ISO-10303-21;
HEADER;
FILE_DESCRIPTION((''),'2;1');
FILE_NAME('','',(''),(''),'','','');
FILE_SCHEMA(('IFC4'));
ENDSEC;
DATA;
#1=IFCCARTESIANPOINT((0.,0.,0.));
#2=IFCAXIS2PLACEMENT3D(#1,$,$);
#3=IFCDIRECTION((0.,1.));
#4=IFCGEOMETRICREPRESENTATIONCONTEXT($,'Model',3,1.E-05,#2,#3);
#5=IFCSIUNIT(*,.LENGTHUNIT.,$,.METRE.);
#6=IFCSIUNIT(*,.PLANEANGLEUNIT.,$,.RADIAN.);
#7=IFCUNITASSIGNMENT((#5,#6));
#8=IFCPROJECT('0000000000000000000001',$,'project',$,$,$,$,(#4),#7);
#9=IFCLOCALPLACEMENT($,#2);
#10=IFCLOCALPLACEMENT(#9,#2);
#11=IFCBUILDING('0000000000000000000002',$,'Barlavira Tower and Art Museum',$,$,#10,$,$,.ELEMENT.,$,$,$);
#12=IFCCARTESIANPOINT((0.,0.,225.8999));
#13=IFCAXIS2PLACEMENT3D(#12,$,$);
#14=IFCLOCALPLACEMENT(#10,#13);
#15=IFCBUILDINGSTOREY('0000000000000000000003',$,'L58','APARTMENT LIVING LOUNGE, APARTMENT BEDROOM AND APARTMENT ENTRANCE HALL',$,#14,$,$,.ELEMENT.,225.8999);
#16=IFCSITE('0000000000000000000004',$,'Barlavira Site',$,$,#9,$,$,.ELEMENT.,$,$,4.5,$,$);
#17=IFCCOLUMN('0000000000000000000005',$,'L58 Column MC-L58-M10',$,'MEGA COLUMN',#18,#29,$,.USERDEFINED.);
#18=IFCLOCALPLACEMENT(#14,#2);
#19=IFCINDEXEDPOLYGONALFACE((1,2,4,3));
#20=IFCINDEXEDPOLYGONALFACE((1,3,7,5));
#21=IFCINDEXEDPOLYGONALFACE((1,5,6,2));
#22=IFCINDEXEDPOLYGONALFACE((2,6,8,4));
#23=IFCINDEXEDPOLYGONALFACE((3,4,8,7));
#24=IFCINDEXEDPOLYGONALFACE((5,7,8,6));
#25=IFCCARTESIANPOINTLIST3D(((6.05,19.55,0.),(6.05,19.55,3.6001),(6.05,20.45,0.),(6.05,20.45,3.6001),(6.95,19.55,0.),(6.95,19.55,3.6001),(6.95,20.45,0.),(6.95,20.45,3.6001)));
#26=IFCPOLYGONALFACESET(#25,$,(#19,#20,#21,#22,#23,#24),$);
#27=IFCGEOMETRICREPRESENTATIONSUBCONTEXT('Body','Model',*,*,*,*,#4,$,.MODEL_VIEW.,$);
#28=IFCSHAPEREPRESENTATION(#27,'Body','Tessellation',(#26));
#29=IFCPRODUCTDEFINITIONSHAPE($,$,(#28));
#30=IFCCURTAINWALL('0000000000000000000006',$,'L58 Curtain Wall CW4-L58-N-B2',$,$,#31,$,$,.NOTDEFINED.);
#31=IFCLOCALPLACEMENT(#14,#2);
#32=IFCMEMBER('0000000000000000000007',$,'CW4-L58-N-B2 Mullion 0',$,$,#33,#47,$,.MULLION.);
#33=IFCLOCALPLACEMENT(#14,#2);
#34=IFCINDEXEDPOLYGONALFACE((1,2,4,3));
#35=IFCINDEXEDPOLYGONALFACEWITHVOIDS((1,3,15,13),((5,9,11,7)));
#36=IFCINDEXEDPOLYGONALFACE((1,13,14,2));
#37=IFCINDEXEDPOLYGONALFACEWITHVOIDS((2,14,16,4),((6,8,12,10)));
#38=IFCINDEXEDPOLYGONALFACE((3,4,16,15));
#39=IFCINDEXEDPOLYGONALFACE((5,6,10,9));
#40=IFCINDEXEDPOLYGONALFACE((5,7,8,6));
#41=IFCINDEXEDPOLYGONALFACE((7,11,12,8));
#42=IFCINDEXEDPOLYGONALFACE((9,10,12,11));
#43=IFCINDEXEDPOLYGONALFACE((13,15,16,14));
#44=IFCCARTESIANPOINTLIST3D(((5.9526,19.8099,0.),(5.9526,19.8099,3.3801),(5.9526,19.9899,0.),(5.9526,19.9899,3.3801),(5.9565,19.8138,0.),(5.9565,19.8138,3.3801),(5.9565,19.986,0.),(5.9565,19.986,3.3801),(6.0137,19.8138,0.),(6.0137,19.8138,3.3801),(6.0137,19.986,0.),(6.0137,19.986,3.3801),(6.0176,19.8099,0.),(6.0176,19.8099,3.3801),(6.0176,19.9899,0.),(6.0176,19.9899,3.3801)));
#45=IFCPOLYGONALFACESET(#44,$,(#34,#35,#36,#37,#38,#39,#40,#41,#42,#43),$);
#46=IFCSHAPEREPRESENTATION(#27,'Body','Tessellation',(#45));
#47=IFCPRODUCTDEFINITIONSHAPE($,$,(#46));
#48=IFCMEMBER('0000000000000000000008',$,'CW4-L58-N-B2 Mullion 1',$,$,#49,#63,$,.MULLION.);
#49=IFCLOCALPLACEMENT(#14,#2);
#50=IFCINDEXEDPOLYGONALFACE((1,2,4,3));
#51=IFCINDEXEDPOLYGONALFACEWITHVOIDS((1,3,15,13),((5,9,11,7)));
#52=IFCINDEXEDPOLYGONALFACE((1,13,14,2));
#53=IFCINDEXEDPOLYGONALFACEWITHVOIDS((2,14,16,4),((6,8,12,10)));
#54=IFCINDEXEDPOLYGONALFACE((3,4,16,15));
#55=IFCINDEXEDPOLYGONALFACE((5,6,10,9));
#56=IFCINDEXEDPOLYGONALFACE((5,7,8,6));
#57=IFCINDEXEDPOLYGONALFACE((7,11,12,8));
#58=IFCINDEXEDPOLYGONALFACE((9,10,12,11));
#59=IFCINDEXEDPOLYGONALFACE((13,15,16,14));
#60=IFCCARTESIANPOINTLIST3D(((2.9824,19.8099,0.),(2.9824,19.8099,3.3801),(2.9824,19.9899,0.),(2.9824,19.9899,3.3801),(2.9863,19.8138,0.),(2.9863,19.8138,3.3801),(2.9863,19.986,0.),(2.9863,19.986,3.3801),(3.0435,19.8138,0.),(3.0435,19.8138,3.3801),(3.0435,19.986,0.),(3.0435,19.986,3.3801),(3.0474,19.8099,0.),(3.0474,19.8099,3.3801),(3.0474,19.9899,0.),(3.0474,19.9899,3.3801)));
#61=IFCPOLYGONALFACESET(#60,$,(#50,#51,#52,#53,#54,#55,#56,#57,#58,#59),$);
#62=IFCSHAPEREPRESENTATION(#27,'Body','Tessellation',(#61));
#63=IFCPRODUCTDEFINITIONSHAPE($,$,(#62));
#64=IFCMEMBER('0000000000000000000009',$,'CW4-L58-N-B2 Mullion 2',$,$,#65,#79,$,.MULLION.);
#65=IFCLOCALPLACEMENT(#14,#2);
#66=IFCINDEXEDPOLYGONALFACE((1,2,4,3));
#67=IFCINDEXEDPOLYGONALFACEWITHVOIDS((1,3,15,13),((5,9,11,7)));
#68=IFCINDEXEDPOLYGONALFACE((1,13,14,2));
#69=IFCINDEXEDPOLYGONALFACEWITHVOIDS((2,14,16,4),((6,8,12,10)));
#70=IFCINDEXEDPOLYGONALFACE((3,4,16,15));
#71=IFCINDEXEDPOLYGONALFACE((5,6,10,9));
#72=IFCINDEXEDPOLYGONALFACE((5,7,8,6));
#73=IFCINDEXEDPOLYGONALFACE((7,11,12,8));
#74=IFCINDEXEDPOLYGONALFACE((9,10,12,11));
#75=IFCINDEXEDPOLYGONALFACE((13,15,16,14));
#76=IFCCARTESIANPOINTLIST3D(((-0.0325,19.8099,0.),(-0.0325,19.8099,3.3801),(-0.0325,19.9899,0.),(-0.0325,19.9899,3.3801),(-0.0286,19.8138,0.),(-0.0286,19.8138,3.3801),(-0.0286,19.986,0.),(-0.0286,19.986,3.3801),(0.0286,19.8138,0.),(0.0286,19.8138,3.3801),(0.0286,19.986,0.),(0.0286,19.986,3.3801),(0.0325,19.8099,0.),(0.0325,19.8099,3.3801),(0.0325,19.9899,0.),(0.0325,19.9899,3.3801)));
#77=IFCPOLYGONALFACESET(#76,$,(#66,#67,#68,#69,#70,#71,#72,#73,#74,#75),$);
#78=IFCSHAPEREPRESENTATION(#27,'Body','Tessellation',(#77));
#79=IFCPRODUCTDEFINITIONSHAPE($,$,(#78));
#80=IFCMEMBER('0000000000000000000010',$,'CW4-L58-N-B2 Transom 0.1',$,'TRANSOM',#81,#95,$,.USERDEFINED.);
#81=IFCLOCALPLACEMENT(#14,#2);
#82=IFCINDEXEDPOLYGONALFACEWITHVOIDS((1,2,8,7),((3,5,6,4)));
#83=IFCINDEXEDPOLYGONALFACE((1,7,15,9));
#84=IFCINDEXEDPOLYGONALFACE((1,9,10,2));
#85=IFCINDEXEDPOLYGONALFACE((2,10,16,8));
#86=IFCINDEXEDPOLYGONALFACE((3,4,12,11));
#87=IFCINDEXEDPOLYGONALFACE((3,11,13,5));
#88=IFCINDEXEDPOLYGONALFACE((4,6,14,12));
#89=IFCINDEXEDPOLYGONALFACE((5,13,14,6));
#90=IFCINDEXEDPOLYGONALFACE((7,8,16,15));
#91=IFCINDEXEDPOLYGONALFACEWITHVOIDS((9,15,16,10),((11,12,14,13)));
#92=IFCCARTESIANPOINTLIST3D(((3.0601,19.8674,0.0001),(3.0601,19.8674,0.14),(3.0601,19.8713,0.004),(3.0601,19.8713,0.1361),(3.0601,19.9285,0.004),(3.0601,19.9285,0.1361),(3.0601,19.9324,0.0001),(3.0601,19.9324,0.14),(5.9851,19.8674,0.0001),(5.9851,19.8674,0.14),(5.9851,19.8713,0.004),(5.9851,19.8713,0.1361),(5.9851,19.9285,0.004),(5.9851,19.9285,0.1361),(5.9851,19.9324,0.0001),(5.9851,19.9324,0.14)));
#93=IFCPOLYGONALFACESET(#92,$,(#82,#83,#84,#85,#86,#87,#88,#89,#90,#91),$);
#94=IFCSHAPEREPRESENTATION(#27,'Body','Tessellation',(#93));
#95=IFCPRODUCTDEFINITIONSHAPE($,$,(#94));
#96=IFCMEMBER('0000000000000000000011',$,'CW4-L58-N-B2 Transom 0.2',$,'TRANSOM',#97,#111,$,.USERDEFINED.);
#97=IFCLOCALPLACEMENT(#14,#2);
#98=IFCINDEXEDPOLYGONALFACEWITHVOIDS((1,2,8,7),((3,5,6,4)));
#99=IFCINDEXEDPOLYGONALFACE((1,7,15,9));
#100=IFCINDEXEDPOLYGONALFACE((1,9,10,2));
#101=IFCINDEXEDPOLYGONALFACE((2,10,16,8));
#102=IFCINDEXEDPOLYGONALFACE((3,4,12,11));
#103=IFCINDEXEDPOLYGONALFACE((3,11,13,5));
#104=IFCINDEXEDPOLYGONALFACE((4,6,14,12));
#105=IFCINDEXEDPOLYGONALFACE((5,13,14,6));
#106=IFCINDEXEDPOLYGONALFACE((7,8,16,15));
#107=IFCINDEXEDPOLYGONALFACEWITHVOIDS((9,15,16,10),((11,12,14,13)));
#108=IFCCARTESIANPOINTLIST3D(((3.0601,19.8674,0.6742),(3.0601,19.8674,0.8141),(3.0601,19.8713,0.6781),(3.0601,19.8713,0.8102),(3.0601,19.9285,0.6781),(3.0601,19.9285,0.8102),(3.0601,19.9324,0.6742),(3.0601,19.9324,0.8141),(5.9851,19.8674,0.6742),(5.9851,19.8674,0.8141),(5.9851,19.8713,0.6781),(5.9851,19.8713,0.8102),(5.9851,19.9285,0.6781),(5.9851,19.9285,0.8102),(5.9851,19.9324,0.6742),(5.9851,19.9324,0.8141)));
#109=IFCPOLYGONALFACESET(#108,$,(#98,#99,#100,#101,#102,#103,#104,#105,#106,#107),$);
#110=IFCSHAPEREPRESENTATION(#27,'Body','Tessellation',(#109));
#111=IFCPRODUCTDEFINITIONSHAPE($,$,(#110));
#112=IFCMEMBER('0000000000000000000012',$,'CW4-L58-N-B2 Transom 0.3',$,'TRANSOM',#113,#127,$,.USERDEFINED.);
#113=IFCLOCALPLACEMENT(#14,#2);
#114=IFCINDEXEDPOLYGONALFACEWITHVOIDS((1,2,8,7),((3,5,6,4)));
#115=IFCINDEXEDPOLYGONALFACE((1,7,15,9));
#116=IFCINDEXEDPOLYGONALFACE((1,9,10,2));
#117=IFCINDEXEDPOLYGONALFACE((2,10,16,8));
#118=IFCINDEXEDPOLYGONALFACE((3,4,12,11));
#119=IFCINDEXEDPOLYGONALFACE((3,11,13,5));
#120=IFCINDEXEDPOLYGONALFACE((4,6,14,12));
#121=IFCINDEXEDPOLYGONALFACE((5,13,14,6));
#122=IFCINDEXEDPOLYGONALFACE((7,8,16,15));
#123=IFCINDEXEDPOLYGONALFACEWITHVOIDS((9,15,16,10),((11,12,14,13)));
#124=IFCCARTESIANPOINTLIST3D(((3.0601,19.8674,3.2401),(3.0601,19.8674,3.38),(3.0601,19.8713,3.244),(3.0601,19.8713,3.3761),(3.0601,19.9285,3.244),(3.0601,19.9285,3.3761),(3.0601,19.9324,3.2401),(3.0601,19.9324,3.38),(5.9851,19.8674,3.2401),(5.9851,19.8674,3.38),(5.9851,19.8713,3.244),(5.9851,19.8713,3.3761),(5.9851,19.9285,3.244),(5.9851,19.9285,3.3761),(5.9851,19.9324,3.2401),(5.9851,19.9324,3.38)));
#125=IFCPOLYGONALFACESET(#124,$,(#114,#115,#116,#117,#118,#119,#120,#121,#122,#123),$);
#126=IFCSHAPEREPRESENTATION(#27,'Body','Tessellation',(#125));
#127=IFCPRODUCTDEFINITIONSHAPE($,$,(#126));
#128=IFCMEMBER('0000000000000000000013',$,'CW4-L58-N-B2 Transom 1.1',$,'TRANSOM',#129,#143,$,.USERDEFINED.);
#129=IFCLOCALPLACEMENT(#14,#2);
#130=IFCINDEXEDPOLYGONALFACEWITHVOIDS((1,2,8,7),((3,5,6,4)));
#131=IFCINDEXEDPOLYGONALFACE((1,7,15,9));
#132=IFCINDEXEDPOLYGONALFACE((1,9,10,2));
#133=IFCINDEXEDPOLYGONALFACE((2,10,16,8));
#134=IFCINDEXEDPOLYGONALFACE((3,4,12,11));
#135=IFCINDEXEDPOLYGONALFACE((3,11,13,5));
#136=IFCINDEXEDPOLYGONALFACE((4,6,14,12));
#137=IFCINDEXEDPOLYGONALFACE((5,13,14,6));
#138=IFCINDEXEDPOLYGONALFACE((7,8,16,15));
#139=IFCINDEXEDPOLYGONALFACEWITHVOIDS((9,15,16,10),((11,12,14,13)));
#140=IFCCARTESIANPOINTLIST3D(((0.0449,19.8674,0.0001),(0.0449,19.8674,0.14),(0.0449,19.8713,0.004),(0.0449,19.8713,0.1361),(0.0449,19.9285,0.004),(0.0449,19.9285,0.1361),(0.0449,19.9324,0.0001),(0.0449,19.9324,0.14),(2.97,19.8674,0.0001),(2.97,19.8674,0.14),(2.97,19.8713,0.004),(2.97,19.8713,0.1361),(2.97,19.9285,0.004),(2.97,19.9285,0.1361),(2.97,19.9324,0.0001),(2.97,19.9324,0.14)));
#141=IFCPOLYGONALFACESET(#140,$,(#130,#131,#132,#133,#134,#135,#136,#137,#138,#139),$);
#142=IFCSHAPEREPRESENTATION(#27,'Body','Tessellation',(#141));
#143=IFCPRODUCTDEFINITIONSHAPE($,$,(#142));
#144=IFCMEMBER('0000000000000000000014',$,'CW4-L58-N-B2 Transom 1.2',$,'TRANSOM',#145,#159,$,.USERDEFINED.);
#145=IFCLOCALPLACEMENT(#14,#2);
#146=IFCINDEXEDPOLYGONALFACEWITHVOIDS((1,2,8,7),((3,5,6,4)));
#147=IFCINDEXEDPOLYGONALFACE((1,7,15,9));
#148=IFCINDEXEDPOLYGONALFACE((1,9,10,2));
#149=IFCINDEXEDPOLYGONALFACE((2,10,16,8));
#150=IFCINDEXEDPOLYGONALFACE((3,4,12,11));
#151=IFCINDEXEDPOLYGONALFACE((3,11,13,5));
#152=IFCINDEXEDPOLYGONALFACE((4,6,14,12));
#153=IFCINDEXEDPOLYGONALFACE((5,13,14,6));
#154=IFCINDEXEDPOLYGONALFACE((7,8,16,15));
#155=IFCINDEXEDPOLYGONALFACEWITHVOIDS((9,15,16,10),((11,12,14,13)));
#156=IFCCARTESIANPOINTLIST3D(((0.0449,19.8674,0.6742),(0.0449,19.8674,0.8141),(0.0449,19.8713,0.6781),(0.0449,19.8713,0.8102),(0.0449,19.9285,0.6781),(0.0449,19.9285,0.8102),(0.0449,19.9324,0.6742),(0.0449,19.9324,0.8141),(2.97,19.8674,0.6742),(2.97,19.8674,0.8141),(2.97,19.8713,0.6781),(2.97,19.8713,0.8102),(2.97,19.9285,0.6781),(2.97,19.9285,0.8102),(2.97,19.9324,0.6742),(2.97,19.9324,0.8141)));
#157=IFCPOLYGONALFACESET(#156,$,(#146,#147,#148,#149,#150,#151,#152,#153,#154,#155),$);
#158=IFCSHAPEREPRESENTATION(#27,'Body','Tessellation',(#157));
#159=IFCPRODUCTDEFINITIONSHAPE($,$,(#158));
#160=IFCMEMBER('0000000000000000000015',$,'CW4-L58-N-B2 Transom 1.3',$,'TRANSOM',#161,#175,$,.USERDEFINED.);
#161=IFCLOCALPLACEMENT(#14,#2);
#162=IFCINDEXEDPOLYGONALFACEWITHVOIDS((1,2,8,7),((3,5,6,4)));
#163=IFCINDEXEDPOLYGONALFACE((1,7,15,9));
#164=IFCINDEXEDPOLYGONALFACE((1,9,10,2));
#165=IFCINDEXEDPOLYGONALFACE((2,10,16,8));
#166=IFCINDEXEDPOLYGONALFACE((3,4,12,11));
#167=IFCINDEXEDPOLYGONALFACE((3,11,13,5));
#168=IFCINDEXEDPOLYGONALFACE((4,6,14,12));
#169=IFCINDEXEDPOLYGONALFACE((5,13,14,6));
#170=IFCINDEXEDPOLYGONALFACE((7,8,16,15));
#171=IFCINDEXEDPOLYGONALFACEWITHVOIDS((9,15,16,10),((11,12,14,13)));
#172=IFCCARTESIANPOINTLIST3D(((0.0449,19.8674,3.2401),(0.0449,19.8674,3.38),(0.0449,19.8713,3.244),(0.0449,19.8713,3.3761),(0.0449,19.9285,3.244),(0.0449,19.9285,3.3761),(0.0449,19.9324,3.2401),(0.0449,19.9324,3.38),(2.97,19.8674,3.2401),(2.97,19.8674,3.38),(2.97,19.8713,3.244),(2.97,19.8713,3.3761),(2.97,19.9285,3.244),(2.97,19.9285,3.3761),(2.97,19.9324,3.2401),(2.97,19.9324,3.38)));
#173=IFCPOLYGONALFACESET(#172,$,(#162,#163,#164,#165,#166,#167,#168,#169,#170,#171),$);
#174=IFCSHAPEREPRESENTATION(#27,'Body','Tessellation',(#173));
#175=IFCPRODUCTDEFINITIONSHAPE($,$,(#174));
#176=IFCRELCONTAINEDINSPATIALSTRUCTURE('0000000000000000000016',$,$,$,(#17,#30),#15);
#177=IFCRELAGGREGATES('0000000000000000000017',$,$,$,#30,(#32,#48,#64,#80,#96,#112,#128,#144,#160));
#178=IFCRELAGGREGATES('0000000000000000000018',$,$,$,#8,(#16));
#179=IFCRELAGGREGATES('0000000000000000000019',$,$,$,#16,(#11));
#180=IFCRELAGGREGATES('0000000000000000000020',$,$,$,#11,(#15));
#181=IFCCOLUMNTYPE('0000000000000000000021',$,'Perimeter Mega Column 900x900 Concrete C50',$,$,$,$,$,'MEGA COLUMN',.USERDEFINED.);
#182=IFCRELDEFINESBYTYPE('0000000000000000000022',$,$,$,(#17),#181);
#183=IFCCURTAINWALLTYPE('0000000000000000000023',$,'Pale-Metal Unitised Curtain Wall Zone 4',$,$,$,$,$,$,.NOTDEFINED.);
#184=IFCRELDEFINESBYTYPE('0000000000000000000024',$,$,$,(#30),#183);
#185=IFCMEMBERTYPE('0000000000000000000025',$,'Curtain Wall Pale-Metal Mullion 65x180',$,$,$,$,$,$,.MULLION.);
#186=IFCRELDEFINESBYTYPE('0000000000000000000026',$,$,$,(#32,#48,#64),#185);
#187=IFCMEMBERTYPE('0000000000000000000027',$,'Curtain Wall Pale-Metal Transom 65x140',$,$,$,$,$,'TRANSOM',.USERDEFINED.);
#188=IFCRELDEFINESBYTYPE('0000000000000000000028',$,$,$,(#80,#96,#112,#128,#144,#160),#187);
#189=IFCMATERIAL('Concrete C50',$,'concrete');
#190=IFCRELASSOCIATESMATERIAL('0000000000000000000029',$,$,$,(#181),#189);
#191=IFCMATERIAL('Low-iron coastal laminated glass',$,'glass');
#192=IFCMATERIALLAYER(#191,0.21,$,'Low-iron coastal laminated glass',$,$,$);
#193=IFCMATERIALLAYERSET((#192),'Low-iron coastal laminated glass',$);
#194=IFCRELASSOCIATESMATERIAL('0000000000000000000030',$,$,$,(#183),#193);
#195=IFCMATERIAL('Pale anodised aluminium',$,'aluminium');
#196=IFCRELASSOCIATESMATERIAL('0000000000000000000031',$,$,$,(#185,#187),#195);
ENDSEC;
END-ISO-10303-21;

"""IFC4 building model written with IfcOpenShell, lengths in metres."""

from ifc_helpers import new_model, si_unit, direction, frame, origin, origin_2d, place, context, subcontext, project, spatial, rectangle, hollow_rectangle, extrude, material, layer, layer_set, material_profile, profile_set, type_object, element, aggregate, save


model = new_model("IFC4")

# Units and contexts
model_context = context("Model", 3, precision=1e-05, world=origin(), true_north=direction((0.0, 1.0)))
body_context = subcontext(model_context, "Body", "Model", "MODEL_VIEW")
ifc_project = project(units=[si_unit("LENGTHUNIT", "METRE"), si_unit("PLANEANGLEUNIT", "RADIAN")], contexts=[model_context])

# Site, building, storey
site_placement = place(None, origin())
site = spatial("IfcSite", under=ifc_project, at=site_placement, Name="Barlavira Site", CompositionType="ELEMENT", RefElevation=4.5)
building_placement = place(site_placement, origin())
building = spatial("IfcBuilding", under=site, at=building_placement, Name="Barlavira Tower and Art Museum", CompositionType="ELEMENT")
storey_placement = place(building_placement, frame((0.0, 0.0, 225.8999)))
storey = spatial("IfcBuildingStorey", under=building, at=storey_placement, Name="L58", Description="APARTMENT LIVING LOUNGE, APARTMENT BEDROOM AND APARTMENT ENTRANCE HALL", CompositionType="ELEMENT", Elevation=225.8999)

# Column
ifc_material_1 = material(Name="Concrete C50", Category="concrete")
ifc_material_profile_1 = material_profile(ifc_material_1, rectangle(XDim=0.8999, YDim=0.8999, at=origin_2d()), Name="RC-COL 900x900")
ifc_profile_set_1 = profile_set([ifc_material_profile_1], Name="Concrete C50")
column_type = type_object("IfcColumnType", Name="Perimeter Mega Column 900x900 Concrete C50", ElementType="MEGA COLUMN", PredefinedType="USERDEFINED", material=ifc_profile_set_1)
column_placement = place(storey_placement, frame((6.5, 20.0, 0.0), z_axis=(0.0, 0.0, 1.0), x_axis=(1.0, 0.0, 0.0)))
element("IfcColumn", 1, at=column_placement, inside=storey, type_object=column_type, Name="L58 Column MC-L58-M10", ObjectType="MEGA COLUMN", PredefinedType="USERDEFINED", context=body_context, shape_type="SweptSolid", body=[
    extrude(rectangle(XDim=0.8999, YDim=0.8999, at=origin_2d()), origin(), (0.0, 0.0, 1.0), 3.6001),
])

# Curtain wall, members
ifc_material_2 = material(Name="Low-iron coastal laminated glass", Category="glass")
ifc_layer_1 = layer(ifc_material_2, 0.21, Name="Low-iron coastal laminated glass")
ifc_layer_set_1 = layer_set([ifc_layer_1], Name="Low-iron coastal laminated glass")
curtain_wall_type = type_object("IfcCurtainWallType", Name="Pale-Metal Unitised Curtain Wall Zone 4", PredefinedType="NOTDEFINED", material=ifc_layer_set_1)
curtain_wall_placement = place(storey_placement, origin())
curtain_wall = element("IfcCurtainWall", 2, at=curtain_wall_placement, inside=storey, type_object=curtain_wall_type, Name="L58 Curtain Wall CW4-L58-N-B2", PredefinedType="NOTDEFINED")
ifc_material_3 = material(Name="Pale anodised aluminium", Category="aluminium")
ifc_material_profile_2 = material_profile(ifc_material_3, hollow_rectangle(XDim=0.0649, YDim=0.1799, WallThickness=0.0039, at=origin_2d()), Name="ALU-MULL 65x180x4")
ifc_profile_set_2 = profile_set([ifc_material_profile_2], Name="Pale anodised aluminium")
member_type_1 = type_object("IfcMemberType", Name="Curtain Wall Pale-Metal Mullion 65x180", PredefinedType="MULLION", material=ifc_profile_set_2)
member_1_placement = place(storey_placement, frame((5.9851, 19.8999, 0.0), z_axis=(0.0, 0.0, 1.0), x_axis=(-1.0, 0.0, 0.0)))
member_1 = element("IfcMember", 3, at=member_1_placement, type_object=member_type_1, Name="CW4-L58-N-B2 Mullion 0", PredefinedType="MULLION", context=body_context, shape_type="SweptSolid", body=[
    extrude(hollow_rectangle(XDim=0.0649, YDim=0.1799, WallThickness=0.0039, at=origin_2d()), origin(), (0.0, 0.0, 1.0), 3.3801),
])
member_2_placement = place(storey_placement, frame((3.0149, 19.8999, 0.0), z_axis=(0.0, 0.0, 1.0), x_axis=(-1.0, 0.0, 0.0)))
member_2 = element("IfcMember", 4, at=member_2_placement, type_object=member_type_1, Name="CW4-L58-N-B2 Mullion 1", PredefinedType="MULLION", context=body_context, shape_type="SweptSolid", body=[
    extrude(hollow_rectangle(XDim=0.0649, YDim=0.1799, WallThickness=0.0039, at=origin_2d()), origin(), (0.0, 0.0, 1.0), 3.3801),
])
member_3_placement = place(storey_placement, frame((0.0, 19.8999, 0.0), z_axis=(0.0, 0.0, 1.0), x_axis=(-1.0, 0.0, 0.0)))
member_3 = element("IfcMember", 5, at=member_3_placement, type_object=member_type_1, Name="CW4-L58-N-B2 Mullion 2", PredefinedType="MULLION", context=body_context, shape_type="SweptSolid", body=[
    extrude(hollow_rectangle(XDim=0.0649, YDim=0.1799, WallThickness=0.0039, at=origin_2d()), origin(), (0.0, 0.0, 1.0), 3.3801),
])
ifc_material_profile_3 = material_profile(ifc_material_3, hollow_rectangle(XDim=0.0649, YDim=0.1399, WallThickness=0.0039, at=origin_2d()), Name="ALU-TRAN 65x140x4")
ifc_profile_set_3 = profile_set([ifc_material_profile_3], Name="Pale anodised aluminium")
member_type_2 = type_object("IfcMemberType", Name="Curtain Wall Pale-Metal Transom 65x140", ElementType="TRANSOM", PredefinedType="USERDEFINED", material=ifc_profile_set_3)
member_4_placement = place(storey_placement, frame((5.9851, 19.8999, 0.0701), z_axis=(-1.0, 0.0, 0.0), x_axis=(0.0, -1.0, 0.0)))
member_4 = element("IfcMember", 6, at=member_4_placement, type_object=member_type_2, Name="CW4-L58-N-B2 Transom 0.1", ObjectType="TRANSOM", PredefinedType="USERDEFINED", context=body_context, shape_type="SweptSolid", body=[
    extrude(hollow_rectangle(XDim=0.0649, YDim=0.1399, WallThickness=0.0039, at=origin_2d()), origin(), (0.0, 0.0, 1.0), 2.925),
])
member_5_placement = place(storey_placement, frame((5.9851, 19.8999, 0.7441), z_axis=(-1.0, 0.0, 0.0), x_axis=(0.0, -1.0, 0.0)))
member_5 = element("IfcMember", 7, at=member_5_placement, type_object=member_type_2, Name="CW4-L58-N-B2 Transom 0.2", ObjectType="TRANSOM", PredefinedType="USERDEFINED", context=body_context, shape_type="SweptSolid", body=[
    extrude(hollow_rectangle(XDim=0.0649, YDim=0.1399, WallThickness=0.0039, at=origin_2d()), origin(), (0.0, 0.0, 1.0), 2.925),
])
member_6_placement = place(storey_placement, frame((5.9851, 19.8999, 3.3101), z_axis=(-1.0, 0.0, 0.0), x_axis=(0.0, -1.0, 0.0)))
member_6 = element("IfcMember", 8, at=member_6_placement, type_object=member_type_2, Name="CW4-L58-N-B2 Transom 0.3", ObjectType="TRANSOM", PredefinedType="USERDEFINED", context=body_context, shape_type="SweptSolid", body=[
    extrude(hollow_rectangle(XDim=0.0649, YDim=0.1399, WallThickness=0.0039, at=origin_2d()), origin(), (0.0, 0.0, 1.0), 2.925),
])
member_7_placement = place(storey_placement, frame((2.97, 19.8999, 0.0701), z_axis=(-1.0, 0.0, 0.0), x_axis=(0.0, -1.0, 0.0)))
member_7 = element("IfcMember", 9, at=member_7_placement, type_object=member_type_2, Name="CW4-L58-N-B2 Transom 1.1", ObjectType="TRANSOM", PredefinedType="USERDEFINED", context=body_context, shape_type="SweptSolid", body=[
    extrude(hollow_rectangle(XDim=0.0649, YDim=0.1399, WallThickness=0.0039, at=origin_2d()), origin(), (0.0, 0.0, 1.0), 2.925),
])
member_8_placement = place(storey_placement, frame((2.97, 19.8999, 0.7441), z_axis=(-1.0, 0.0, 0.0), x_axis=(0.0, -1.0, 0.0)))
member_8 = element("IfcMember", 10, at=member_8_placement, type_object=member_type_2, Name="CW4-L58-N-B2 Transom 1.2", ObjectType="TRANSOM", PredefinedType="USERDEFINED", context=body_context, shape_type="SweptSolid", body=[
    extrude(hollow_rectangle(XDim=0.0649, YDim=0.1399, WallThickness=0.0039, at=origin_2d()), origin(), (0.0, 0.0, 1.0), 2.925),
])
member_9_placement = place(storey_placement, frame((2.97, 19.8999, 3.3101), z_axis=(-1.0, 0.0, 0.0), x_axis=(0.0, -1.0, 0.0)))
member_9 = element("IfcMember", 11, at=member_9_placement, type_object=member_type_2, Name="CW4-L58-N-B2 Transom 1.3", ObjectType="TRANSOM", PredefinedType="USERDEFINED", context=body_context, shape_type="SweptSolid", body=[
    extrude(hollow_rectangle(XDim=0.0649, YDim=0.1399, WallThickness=0.0039, at=origin_2d()), origin(), (0.0, 0.0, 1.0), 2.925),
])

aggregate(curtain_wall, [member_1, member_2, member_3, member_4, member_5, member_6, member_7, member_8, member_9])

save(model, "model.ifc")
